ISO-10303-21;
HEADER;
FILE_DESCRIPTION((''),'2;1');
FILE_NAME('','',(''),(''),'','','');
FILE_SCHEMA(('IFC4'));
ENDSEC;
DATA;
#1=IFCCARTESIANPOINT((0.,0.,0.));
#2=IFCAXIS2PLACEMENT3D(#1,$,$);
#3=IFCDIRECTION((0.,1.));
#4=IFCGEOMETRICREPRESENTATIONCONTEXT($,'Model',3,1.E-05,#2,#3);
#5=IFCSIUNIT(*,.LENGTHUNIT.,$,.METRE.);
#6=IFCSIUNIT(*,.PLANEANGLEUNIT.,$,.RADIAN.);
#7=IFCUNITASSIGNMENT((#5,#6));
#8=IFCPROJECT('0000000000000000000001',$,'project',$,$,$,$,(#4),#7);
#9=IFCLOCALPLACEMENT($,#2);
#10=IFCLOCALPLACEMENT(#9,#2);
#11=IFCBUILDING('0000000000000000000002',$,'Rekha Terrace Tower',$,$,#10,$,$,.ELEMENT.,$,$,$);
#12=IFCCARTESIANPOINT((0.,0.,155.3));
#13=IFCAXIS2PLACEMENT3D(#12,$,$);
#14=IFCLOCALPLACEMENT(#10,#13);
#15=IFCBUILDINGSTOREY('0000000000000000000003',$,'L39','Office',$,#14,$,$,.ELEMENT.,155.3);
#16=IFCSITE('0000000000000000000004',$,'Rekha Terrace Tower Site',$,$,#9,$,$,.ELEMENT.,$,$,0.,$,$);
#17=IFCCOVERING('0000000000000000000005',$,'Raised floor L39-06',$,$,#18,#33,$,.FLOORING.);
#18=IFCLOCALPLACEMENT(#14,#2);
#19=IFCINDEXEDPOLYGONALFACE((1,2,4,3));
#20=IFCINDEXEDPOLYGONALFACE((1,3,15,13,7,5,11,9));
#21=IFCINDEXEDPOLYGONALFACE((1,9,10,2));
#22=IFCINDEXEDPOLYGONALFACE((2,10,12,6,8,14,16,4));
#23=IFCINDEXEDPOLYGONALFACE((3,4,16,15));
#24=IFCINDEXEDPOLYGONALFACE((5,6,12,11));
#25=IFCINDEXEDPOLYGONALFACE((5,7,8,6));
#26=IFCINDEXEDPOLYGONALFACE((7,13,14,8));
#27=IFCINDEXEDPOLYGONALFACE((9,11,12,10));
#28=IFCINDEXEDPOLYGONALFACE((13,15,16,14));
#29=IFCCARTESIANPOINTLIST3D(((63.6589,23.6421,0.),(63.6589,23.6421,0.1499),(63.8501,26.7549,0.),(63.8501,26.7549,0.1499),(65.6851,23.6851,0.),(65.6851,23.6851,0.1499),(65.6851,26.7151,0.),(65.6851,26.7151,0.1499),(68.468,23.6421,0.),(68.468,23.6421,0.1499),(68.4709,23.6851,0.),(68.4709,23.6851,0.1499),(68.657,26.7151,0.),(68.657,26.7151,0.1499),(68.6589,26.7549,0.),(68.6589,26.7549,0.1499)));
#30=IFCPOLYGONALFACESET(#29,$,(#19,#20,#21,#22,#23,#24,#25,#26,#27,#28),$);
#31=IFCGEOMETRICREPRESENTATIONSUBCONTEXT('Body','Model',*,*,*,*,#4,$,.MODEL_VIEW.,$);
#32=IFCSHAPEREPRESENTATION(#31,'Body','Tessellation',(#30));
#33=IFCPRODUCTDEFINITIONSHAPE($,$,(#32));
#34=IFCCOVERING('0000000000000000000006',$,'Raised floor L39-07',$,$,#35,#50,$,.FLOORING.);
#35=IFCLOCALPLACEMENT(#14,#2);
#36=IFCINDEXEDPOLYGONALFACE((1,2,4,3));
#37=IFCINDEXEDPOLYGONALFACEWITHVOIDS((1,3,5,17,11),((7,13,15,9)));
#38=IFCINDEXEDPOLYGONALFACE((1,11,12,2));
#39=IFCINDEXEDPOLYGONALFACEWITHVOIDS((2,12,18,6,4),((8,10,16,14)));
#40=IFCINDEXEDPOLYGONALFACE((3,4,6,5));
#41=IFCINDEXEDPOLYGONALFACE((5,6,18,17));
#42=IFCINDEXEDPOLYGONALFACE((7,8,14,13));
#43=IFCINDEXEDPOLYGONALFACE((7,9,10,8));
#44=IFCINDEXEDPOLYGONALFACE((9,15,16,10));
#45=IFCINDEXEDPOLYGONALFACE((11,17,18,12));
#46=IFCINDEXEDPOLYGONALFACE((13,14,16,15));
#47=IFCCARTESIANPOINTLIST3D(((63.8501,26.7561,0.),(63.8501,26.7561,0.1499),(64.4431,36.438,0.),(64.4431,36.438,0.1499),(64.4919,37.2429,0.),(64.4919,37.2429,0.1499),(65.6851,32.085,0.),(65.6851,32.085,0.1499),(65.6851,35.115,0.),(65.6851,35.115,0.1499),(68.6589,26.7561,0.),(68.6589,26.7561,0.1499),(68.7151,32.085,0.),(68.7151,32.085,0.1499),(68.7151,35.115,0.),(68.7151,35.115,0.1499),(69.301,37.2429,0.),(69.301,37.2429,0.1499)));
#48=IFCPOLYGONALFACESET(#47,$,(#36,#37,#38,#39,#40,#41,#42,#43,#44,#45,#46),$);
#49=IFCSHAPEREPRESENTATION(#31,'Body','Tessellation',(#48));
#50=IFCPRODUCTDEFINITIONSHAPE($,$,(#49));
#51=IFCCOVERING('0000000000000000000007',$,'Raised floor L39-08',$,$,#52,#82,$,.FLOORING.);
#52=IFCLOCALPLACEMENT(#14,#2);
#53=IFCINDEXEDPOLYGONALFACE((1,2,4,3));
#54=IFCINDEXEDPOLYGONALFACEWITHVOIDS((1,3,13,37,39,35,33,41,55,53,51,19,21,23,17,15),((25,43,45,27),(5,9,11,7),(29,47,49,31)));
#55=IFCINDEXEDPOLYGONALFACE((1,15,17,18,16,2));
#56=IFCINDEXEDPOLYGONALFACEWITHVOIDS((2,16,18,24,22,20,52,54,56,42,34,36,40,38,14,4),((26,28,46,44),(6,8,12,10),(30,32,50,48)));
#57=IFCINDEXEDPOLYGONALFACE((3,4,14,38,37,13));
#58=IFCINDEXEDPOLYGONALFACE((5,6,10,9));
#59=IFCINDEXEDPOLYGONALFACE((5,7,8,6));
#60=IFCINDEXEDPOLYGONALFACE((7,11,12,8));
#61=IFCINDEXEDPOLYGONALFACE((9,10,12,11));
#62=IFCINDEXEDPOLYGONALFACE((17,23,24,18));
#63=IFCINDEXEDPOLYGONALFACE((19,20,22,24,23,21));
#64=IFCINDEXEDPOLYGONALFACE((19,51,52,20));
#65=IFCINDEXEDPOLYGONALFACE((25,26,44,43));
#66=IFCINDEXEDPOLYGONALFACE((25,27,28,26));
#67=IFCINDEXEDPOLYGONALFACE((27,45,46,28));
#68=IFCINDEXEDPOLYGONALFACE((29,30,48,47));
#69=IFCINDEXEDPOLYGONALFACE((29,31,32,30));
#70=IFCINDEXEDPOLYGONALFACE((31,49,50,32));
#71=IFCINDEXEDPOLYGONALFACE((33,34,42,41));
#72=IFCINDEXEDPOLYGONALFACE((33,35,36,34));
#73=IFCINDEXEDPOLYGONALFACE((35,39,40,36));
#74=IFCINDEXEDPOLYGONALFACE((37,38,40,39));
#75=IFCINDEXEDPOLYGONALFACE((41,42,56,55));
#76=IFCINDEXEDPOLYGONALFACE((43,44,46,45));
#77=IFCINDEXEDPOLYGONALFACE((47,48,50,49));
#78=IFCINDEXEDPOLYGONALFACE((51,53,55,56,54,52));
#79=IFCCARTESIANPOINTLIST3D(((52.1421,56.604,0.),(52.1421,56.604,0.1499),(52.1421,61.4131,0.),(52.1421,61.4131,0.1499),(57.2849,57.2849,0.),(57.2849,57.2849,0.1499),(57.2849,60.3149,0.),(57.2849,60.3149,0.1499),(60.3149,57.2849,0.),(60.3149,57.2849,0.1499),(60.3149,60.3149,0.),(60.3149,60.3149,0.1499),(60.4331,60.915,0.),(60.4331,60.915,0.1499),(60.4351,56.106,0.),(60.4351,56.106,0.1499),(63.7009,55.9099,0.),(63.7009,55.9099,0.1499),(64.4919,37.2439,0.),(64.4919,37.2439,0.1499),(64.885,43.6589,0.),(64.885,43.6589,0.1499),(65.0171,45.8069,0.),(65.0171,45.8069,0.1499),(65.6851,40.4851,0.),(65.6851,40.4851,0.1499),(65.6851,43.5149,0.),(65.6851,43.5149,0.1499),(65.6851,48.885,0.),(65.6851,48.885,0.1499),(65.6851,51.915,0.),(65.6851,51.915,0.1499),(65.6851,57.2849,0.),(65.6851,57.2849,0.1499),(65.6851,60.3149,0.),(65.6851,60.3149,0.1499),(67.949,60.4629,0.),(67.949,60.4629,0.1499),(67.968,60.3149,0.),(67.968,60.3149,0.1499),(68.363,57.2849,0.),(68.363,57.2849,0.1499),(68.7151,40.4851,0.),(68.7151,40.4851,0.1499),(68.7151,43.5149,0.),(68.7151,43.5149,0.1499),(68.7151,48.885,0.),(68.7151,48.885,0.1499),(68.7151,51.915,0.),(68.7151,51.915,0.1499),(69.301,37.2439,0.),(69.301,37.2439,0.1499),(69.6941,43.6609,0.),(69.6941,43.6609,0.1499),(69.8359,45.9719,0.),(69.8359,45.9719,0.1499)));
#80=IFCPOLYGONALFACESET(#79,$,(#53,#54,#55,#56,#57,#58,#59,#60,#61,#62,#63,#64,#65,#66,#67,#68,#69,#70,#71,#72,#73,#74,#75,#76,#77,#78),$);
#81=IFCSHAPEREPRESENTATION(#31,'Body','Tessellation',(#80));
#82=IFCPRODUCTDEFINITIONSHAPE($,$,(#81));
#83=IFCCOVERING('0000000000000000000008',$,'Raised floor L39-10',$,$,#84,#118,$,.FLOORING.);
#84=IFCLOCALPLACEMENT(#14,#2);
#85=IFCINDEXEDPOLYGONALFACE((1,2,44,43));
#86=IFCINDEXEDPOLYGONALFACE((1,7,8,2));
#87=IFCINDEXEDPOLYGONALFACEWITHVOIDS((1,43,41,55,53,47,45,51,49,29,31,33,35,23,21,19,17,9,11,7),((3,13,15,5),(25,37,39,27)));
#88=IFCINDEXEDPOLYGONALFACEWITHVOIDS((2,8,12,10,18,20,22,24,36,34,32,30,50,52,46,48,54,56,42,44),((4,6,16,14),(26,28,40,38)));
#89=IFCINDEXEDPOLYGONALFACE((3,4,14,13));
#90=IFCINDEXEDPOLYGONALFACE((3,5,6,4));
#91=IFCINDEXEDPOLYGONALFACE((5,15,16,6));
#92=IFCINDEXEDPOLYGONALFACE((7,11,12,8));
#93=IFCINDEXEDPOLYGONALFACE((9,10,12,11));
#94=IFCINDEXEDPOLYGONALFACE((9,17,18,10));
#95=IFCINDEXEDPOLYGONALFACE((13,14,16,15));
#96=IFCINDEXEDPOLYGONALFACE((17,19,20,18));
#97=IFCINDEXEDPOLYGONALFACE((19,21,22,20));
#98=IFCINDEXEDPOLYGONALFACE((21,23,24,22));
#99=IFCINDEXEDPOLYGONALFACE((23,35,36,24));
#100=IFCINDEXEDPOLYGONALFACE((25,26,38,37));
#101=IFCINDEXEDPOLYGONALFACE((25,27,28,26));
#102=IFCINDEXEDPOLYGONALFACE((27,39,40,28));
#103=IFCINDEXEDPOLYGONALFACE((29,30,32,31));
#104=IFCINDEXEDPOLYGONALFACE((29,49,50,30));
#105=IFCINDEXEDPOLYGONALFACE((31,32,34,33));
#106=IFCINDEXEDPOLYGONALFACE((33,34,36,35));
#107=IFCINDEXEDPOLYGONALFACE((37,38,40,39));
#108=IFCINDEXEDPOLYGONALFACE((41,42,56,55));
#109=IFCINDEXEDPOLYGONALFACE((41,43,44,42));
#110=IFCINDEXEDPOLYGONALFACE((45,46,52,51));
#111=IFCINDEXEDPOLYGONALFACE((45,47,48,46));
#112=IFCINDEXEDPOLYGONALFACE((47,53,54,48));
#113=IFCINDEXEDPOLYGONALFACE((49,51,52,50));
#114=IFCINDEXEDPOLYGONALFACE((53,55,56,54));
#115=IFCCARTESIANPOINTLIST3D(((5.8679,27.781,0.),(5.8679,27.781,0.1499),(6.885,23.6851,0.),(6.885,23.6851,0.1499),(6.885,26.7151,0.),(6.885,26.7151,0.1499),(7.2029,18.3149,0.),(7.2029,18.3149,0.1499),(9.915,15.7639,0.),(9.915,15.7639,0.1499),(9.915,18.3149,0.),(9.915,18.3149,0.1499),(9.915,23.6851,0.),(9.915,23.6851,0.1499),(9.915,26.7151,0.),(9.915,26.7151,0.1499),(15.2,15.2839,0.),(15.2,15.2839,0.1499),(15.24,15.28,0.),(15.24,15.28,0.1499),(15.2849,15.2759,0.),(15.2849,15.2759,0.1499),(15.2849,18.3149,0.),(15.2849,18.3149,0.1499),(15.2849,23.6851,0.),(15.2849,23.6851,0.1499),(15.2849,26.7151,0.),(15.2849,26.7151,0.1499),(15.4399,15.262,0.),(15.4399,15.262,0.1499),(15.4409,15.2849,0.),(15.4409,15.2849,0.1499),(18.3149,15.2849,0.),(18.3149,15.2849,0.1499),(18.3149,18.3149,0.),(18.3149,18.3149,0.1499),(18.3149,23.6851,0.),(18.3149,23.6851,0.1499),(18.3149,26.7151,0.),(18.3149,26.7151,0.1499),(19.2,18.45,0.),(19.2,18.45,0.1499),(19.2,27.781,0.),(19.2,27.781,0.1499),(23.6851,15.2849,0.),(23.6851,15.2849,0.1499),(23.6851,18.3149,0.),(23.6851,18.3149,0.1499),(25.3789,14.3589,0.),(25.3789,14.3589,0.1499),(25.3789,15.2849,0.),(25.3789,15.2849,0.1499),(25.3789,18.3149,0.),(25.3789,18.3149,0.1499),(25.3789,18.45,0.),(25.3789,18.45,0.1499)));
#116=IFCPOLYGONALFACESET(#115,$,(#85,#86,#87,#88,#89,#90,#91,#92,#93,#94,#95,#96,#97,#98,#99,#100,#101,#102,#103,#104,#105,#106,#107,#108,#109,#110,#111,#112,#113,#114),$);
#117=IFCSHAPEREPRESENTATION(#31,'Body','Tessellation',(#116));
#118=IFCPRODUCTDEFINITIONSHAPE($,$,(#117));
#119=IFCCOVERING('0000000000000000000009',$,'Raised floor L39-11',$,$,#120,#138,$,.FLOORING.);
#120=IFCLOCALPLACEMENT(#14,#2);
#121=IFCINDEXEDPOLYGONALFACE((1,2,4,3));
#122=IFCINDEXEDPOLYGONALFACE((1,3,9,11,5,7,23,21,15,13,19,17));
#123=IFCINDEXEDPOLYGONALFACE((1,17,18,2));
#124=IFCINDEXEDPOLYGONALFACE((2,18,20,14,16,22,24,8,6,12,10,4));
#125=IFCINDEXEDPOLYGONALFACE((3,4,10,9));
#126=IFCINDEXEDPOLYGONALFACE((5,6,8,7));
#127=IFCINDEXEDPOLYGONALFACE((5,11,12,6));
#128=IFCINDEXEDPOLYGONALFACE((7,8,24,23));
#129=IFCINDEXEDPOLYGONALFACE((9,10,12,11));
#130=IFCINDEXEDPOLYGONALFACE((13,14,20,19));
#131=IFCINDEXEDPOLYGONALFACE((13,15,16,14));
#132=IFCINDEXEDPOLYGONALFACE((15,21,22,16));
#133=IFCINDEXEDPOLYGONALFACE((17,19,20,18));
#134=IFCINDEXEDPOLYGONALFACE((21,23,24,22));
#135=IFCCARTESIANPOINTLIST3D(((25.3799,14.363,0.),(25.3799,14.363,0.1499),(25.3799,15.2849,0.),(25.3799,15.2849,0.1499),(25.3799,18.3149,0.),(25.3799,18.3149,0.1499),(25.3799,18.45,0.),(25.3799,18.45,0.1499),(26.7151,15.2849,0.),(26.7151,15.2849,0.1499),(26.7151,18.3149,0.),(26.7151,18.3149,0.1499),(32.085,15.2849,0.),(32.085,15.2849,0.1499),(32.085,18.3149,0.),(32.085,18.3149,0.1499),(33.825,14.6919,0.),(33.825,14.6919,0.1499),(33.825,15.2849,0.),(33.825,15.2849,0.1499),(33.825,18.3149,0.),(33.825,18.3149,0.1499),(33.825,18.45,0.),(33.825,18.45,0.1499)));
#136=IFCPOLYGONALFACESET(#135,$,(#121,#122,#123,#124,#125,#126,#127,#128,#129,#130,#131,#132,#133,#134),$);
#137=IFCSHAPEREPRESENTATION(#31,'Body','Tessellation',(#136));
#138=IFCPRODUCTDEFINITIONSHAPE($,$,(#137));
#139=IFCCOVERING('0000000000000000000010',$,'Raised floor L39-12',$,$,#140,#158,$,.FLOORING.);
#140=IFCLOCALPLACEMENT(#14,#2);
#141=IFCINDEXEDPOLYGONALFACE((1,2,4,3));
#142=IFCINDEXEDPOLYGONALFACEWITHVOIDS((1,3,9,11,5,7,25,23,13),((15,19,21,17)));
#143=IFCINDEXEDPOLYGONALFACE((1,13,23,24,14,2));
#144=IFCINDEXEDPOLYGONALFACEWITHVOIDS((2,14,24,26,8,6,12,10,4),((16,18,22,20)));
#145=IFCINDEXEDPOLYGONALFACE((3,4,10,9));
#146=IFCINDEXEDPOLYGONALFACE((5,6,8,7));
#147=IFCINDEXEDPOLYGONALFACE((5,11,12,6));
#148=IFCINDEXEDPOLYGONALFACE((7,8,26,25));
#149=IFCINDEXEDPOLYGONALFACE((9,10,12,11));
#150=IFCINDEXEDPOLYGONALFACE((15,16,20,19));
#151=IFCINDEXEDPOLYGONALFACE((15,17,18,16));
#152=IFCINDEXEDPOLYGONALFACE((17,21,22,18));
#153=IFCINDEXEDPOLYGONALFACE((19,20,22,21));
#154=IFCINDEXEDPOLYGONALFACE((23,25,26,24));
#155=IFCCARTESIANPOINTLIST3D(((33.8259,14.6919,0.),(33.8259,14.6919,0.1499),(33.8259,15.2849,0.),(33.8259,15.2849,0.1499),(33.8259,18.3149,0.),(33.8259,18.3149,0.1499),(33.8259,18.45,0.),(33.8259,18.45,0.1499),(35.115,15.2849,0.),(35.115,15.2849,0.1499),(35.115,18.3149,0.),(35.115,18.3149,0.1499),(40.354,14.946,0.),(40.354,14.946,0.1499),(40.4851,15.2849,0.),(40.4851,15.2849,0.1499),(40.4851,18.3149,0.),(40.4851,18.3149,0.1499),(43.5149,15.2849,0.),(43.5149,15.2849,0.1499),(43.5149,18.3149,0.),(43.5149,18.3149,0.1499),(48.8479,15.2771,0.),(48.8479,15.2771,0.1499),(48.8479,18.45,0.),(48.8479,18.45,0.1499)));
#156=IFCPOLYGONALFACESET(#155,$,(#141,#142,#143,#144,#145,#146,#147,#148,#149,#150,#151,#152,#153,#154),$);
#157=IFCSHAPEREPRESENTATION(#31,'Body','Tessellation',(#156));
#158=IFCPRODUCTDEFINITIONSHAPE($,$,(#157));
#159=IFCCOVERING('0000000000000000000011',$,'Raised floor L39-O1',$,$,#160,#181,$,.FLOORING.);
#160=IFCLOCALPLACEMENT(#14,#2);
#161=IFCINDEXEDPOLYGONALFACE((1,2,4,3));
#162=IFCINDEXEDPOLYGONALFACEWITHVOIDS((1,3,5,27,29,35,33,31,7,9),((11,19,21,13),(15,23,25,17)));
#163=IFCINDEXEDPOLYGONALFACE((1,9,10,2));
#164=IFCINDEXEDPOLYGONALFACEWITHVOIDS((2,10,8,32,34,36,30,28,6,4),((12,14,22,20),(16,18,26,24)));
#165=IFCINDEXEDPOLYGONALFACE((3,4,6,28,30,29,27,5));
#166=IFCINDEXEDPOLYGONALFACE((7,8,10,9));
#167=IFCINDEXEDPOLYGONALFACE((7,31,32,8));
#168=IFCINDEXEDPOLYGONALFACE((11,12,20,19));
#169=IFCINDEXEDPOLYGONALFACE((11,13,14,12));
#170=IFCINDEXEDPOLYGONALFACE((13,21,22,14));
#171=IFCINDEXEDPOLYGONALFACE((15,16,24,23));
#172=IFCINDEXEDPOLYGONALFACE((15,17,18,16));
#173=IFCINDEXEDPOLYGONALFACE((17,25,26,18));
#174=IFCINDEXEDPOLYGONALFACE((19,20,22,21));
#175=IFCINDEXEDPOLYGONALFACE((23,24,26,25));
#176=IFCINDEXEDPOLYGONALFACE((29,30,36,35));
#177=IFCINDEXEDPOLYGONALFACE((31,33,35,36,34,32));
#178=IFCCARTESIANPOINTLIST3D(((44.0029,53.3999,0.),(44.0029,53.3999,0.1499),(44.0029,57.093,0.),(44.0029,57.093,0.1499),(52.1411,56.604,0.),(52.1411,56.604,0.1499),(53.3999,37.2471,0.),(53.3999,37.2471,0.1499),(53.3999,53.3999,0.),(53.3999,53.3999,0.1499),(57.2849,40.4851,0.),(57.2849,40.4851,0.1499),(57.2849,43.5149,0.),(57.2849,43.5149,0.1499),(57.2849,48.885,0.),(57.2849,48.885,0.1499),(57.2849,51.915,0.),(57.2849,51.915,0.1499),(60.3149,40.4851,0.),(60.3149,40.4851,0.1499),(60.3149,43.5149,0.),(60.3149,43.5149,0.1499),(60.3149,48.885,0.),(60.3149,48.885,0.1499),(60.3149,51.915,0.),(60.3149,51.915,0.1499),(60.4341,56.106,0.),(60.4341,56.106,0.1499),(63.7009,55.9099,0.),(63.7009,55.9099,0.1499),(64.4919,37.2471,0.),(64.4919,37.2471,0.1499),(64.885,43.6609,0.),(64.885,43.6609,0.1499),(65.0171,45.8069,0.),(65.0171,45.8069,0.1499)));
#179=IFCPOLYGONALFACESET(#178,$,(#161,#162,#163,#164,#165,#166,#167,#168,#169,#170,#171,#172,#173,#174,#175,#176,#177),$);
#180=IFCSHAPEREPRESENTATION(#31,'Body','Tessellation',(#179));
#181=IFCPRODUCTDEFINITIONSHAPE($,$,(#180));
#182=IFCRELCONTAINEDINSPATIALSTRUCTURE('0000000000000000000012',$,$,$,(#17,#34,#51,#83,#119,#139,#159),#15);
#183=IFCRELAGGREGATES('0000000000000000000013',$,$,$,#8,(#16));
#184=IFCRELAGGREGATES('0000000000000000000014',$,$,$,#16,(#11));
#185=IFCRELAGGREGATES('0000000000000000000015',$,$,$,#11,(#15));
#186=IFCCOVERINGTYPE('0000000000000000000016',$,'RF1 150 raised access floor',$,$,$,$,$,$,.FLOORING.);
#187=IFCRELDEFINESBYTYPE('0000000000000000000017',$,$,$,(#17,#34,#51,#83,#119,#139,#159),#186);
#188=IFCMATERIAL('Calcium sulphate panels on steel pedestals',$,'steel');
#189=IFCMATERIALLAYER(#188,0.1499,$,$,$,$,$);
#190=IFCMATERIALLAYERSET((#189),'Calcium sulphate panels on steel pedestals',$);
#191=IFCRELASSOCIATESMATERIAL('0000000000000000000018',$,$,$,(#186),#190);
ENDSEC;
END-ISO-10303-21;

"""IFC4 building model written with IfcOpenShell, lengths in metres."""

from ifc_helpers import new_model, si_unit, direction, frame, origin, place, context, subcontext, project, spatial, polyline, outline, extrude, material, layer, layer_set, type_object, element, save


model = new_model("IFC4")

# Units and contexts
model_context = context("Model", 3, precision=1e-05, world=origin(), true_north=direction((0.0, 1.0)))
body_context = subcontext(model_context, "Body", "Model", "MODEL_VIEW")
ifc_project = project(units=[si_unit("LENGTHUNIT", "METRE"), si_unit("PLANEANGLEUNIT", "RADIAN")], contexts=[model_context])

# Site, building, storey
site_placement = place(None, origin())
site = spatial("IfcSite", under=ifc_project, at=site_placement, Name="Rekha Terrace Tower Site", CompositionType="ELEMENT", RefElevation=0.0)
building_placement = place(site_placement, origin())
building = spatial("IfcBuilding", under=site, at=building_placement, Name="Rekha Terrace Tower", CompositionType="ELEMENT")
storey_placement = place(building_placement, frame((0.0, 0.0, 155.3)))
storey = spatial("IfcBuildingStorey", under=building, at=storey_placement, Name="L39", Description="Office", CompositionType="ELEMENT", Elevation=155.3)

# Coverings
ifc_material_1 = material(Name="Calcium sulphate panels on steel pedestals", Category="steel")
ifc_layer_1 = layer(ifc_material_1, 0.1499)
ifc_layer_set_1 = layer_set([ifc_layer_1], Name="Calcium sulphate panels on steel pedestals")
covering_type_1 = type_object("IfcCoveringType", Name="RF1 150 raised access floor", PredefinedType="FLOORING", material=ifc_layer_set_1)
covering_1_placement = place(storey_placement, origin())
element("IfcCovering", 1, at=covering_1_placement, inside=storey, type_object=covering_type_1, Name="Raised floor L39-06", PredefinedType="FLOORING", context=body_context, shape_type="SweptSolid", body=[
    extrude(outline(polyline([(65.6851, 26.7151), (68.657, 26.7151), (68.6589, 26.7549), (63.8501, 26.7549), (63.6589, 23.6421), (68.468, 23.6421), (68.4709, 23.6851), (65.6851, 23.6851), (65.6851, 26.7151)])), origin(), (0.0, 0.0, 1.0), 0.1499),
])
covering_2_placement = place(storey_placement, origin())
element("IfcCovering", 2, at=covering_2_placement, inside=storey, type_object=covering_type_1, Name="Raised floor L39-07", PredefinedType="FLOORING", context=body_context, shape_type="SweptSolid", body=[
    extrude(outline(polyline([(68.6589, 26.7561), (69.301, 37.2429), (64.4919, 37.2429), (64.4431, 36.438), (63.8501, 26.7561), (68.6589, 26.7561)]), holes=[polyline([(68.7151, 35.115), (68.7151, 32.085), (65.6851, 32.085), (65.6851, 35.115), (68.7151, 35.115)])]), origin(), (0.0, 0.0, 1.0), 0.1499),
])
covering_3_placement = place(storey_placement, origin())
element("IfcCovering", 3, at=covering_3_placement, inside=storey, type_object=covering_type_1, Name="Raised floor L39-08", PredefinedType="FLOORING", context=body_context, shape_type="SweptSolid", body=[
    extrude(outline(polyline([(67.949, 60.4629), (60.4331, 60.915), (52.1421, 61.4131), (52.1421, 56.604), (60.4351, 56.106), (63.7009, 55.9099), (65.0171, 45.8069), (64.885, 43.6589), (64.4919, 37.2439), (69.301, 37.2439), (69.6941, 43.6609), (69.8359, 45.9719), (68.363, 57.2849), (65.6851, 57.2849), (65.6851, 60.3149), (67.968, 60.3149), (67.949, 60.4629)]), holes=[polyline([(68.7151, 40.4851), (65.6851, 40.4851), (65.6851, 43.5149), (68.7151, 43.5149), (68.7151, 40.4851)]), polyline([(68.7151, 48.885), (65.6851, 48.885), (65.6851, 51.915), (68.7151, 51.915), (68.7151, 48.885)]), polyline([(60.3149, 57.2849), (57.2849, 57.2849), (57.2849, 60.3149), (60.3149, 60.3149), (60.3149, 57.2849)])]), origin(), (0.0, 0.0, 1.0), 0.1499),
])
covering_4_placement = place(storey_placement, origin())
element("IfcCovering", 4, at=covering_4_placement, inside=storey, type_object=covering_type_1, Name="Raised floor L39-10", PredefinedType="FLOORING", context=body_context, shape_type="SweptSolid", body=[
    extrude(outline(polyline([(15.24, 15.28), (15.2849, 15.2759), (15.2849, 18.3149), (18.3149, 18.3149), (18.3149, 15.2849), (15.4409, 15.2849), (15.4399, 15.262), (25.3789, 14.3589), (25.3789, 15.2849), (23.6851, 15.2849), (23.6851, 18.3149), (25.3789, 18.3149), (25.3789, 18.45), (19.2, 18.45), (19.2, 27.781), (5.8679, 27.781), (7.2029, 18.3149), (9.915, 18.3149), (9.915, 15.7639), (15.2, 15.2839), (15.24, 15.28)]), holes=[polyline([(18.3149, 26.7151), (18.3149, 23.6851), (15.2849, 23.6851), (15.2849, 26.7151), (18.3149, 26.7151)]), polyline([(9.915, 23.6851), (6.885, 23.6851), (6.885, 26.7151), (9.915, 26.7151), (9.915, 23.6851)])]), origin(), (0.0, 0.0, 1.0), 0.1499),
])
covering_5_placement = place(storey_placement, origin())
element("IfcCovering", 5, at=covering_5_placement, inside=storey, type_object=covering_type_1, Name="Raised floor L39-11", PredefinedType="FLOORING", context=body_context, shape_type="SweptSolid", body=[
    extrude(outline(polyline([(25.3799, 15.2849), (25.3799, 14.363), (33.825, 14.6919), (33.825, 15.2849), (32.085, 15.2849), (32.085, 18.3149), (33.825, 18.3149), (33.825, 18.45), (25.3799, 18.45), (25.3799, 18.3149), (26.7151, 18.3149), (26.7151, 15.2849), (25.3799, 15.2849)])), origin(), (0.0, 0.0, 1.0), 0.1499),
])
covering_6_placement = place(storey_placement, origin())
element("IfcCovering", 6, at=covering_6_placement, inside=storey, type_object=covering_type_1, Name="Raised floor L39-12", PredefinedType="FLOORING", context=body_context, shape_type="SweptSolid", body=[
    extrude(outline(polyline([(33.8259, 14.6919), (40.354, 14.946), (48.8479, 15.2771), (48.8479, 18.45), (33.8259, 18.45), (33.8259, 18.3149), (35.115, 18.3149), (35.115, 15.2849), (33.8259, 15.2849), (33.8259, 14.6919)]), holes=[polyline([(43.5149, 18.3149), (43.5149, 15.2849), (40.4851, 15.2849), (40.4851, 18.3149), (43.5149, 18.3149)])]), origin(), (0.0, 0.0, 1.0), 0.1499),
])
covering_7_placement = place(storey_placement, origin())
element("IfcCovering", 7, at=covering_7_placement, inside=storey, type_object=covering_type_1, Name="Raised floor L39-O1", PredefinedType="FLOORING", context=body_context, shape_type="SweptSolid", body=[
    extrude(outline(polyline([(52.1411, 56.604), (44.0029, 57.093), (44.0029, 53.3999), (53.3999, 53.3999), (53.3999, 37.2471), (64.4919, 37.2471), (64.885, 43.6609), (65.0171, 45.8069), (63.7009, 55.9099), (60.4341, 56.106), (52.1411, 56.604)]), holes=[polyline([(60.3149, 40.4851), (57.2849, 40.4851), (57.2849, 43.5149), (60.3149, 43.5149), (60.3149, 40.4851)]), polyline([(60.3149, 48.885), (57.2849, 48.885), (57.2849, 51.915), (60.3149, 51.915), (60.3149, 48.885)])]), origin(), (0.0, 0.0, 1.0), 0.1499),
])

save(model, "model.ifc")
